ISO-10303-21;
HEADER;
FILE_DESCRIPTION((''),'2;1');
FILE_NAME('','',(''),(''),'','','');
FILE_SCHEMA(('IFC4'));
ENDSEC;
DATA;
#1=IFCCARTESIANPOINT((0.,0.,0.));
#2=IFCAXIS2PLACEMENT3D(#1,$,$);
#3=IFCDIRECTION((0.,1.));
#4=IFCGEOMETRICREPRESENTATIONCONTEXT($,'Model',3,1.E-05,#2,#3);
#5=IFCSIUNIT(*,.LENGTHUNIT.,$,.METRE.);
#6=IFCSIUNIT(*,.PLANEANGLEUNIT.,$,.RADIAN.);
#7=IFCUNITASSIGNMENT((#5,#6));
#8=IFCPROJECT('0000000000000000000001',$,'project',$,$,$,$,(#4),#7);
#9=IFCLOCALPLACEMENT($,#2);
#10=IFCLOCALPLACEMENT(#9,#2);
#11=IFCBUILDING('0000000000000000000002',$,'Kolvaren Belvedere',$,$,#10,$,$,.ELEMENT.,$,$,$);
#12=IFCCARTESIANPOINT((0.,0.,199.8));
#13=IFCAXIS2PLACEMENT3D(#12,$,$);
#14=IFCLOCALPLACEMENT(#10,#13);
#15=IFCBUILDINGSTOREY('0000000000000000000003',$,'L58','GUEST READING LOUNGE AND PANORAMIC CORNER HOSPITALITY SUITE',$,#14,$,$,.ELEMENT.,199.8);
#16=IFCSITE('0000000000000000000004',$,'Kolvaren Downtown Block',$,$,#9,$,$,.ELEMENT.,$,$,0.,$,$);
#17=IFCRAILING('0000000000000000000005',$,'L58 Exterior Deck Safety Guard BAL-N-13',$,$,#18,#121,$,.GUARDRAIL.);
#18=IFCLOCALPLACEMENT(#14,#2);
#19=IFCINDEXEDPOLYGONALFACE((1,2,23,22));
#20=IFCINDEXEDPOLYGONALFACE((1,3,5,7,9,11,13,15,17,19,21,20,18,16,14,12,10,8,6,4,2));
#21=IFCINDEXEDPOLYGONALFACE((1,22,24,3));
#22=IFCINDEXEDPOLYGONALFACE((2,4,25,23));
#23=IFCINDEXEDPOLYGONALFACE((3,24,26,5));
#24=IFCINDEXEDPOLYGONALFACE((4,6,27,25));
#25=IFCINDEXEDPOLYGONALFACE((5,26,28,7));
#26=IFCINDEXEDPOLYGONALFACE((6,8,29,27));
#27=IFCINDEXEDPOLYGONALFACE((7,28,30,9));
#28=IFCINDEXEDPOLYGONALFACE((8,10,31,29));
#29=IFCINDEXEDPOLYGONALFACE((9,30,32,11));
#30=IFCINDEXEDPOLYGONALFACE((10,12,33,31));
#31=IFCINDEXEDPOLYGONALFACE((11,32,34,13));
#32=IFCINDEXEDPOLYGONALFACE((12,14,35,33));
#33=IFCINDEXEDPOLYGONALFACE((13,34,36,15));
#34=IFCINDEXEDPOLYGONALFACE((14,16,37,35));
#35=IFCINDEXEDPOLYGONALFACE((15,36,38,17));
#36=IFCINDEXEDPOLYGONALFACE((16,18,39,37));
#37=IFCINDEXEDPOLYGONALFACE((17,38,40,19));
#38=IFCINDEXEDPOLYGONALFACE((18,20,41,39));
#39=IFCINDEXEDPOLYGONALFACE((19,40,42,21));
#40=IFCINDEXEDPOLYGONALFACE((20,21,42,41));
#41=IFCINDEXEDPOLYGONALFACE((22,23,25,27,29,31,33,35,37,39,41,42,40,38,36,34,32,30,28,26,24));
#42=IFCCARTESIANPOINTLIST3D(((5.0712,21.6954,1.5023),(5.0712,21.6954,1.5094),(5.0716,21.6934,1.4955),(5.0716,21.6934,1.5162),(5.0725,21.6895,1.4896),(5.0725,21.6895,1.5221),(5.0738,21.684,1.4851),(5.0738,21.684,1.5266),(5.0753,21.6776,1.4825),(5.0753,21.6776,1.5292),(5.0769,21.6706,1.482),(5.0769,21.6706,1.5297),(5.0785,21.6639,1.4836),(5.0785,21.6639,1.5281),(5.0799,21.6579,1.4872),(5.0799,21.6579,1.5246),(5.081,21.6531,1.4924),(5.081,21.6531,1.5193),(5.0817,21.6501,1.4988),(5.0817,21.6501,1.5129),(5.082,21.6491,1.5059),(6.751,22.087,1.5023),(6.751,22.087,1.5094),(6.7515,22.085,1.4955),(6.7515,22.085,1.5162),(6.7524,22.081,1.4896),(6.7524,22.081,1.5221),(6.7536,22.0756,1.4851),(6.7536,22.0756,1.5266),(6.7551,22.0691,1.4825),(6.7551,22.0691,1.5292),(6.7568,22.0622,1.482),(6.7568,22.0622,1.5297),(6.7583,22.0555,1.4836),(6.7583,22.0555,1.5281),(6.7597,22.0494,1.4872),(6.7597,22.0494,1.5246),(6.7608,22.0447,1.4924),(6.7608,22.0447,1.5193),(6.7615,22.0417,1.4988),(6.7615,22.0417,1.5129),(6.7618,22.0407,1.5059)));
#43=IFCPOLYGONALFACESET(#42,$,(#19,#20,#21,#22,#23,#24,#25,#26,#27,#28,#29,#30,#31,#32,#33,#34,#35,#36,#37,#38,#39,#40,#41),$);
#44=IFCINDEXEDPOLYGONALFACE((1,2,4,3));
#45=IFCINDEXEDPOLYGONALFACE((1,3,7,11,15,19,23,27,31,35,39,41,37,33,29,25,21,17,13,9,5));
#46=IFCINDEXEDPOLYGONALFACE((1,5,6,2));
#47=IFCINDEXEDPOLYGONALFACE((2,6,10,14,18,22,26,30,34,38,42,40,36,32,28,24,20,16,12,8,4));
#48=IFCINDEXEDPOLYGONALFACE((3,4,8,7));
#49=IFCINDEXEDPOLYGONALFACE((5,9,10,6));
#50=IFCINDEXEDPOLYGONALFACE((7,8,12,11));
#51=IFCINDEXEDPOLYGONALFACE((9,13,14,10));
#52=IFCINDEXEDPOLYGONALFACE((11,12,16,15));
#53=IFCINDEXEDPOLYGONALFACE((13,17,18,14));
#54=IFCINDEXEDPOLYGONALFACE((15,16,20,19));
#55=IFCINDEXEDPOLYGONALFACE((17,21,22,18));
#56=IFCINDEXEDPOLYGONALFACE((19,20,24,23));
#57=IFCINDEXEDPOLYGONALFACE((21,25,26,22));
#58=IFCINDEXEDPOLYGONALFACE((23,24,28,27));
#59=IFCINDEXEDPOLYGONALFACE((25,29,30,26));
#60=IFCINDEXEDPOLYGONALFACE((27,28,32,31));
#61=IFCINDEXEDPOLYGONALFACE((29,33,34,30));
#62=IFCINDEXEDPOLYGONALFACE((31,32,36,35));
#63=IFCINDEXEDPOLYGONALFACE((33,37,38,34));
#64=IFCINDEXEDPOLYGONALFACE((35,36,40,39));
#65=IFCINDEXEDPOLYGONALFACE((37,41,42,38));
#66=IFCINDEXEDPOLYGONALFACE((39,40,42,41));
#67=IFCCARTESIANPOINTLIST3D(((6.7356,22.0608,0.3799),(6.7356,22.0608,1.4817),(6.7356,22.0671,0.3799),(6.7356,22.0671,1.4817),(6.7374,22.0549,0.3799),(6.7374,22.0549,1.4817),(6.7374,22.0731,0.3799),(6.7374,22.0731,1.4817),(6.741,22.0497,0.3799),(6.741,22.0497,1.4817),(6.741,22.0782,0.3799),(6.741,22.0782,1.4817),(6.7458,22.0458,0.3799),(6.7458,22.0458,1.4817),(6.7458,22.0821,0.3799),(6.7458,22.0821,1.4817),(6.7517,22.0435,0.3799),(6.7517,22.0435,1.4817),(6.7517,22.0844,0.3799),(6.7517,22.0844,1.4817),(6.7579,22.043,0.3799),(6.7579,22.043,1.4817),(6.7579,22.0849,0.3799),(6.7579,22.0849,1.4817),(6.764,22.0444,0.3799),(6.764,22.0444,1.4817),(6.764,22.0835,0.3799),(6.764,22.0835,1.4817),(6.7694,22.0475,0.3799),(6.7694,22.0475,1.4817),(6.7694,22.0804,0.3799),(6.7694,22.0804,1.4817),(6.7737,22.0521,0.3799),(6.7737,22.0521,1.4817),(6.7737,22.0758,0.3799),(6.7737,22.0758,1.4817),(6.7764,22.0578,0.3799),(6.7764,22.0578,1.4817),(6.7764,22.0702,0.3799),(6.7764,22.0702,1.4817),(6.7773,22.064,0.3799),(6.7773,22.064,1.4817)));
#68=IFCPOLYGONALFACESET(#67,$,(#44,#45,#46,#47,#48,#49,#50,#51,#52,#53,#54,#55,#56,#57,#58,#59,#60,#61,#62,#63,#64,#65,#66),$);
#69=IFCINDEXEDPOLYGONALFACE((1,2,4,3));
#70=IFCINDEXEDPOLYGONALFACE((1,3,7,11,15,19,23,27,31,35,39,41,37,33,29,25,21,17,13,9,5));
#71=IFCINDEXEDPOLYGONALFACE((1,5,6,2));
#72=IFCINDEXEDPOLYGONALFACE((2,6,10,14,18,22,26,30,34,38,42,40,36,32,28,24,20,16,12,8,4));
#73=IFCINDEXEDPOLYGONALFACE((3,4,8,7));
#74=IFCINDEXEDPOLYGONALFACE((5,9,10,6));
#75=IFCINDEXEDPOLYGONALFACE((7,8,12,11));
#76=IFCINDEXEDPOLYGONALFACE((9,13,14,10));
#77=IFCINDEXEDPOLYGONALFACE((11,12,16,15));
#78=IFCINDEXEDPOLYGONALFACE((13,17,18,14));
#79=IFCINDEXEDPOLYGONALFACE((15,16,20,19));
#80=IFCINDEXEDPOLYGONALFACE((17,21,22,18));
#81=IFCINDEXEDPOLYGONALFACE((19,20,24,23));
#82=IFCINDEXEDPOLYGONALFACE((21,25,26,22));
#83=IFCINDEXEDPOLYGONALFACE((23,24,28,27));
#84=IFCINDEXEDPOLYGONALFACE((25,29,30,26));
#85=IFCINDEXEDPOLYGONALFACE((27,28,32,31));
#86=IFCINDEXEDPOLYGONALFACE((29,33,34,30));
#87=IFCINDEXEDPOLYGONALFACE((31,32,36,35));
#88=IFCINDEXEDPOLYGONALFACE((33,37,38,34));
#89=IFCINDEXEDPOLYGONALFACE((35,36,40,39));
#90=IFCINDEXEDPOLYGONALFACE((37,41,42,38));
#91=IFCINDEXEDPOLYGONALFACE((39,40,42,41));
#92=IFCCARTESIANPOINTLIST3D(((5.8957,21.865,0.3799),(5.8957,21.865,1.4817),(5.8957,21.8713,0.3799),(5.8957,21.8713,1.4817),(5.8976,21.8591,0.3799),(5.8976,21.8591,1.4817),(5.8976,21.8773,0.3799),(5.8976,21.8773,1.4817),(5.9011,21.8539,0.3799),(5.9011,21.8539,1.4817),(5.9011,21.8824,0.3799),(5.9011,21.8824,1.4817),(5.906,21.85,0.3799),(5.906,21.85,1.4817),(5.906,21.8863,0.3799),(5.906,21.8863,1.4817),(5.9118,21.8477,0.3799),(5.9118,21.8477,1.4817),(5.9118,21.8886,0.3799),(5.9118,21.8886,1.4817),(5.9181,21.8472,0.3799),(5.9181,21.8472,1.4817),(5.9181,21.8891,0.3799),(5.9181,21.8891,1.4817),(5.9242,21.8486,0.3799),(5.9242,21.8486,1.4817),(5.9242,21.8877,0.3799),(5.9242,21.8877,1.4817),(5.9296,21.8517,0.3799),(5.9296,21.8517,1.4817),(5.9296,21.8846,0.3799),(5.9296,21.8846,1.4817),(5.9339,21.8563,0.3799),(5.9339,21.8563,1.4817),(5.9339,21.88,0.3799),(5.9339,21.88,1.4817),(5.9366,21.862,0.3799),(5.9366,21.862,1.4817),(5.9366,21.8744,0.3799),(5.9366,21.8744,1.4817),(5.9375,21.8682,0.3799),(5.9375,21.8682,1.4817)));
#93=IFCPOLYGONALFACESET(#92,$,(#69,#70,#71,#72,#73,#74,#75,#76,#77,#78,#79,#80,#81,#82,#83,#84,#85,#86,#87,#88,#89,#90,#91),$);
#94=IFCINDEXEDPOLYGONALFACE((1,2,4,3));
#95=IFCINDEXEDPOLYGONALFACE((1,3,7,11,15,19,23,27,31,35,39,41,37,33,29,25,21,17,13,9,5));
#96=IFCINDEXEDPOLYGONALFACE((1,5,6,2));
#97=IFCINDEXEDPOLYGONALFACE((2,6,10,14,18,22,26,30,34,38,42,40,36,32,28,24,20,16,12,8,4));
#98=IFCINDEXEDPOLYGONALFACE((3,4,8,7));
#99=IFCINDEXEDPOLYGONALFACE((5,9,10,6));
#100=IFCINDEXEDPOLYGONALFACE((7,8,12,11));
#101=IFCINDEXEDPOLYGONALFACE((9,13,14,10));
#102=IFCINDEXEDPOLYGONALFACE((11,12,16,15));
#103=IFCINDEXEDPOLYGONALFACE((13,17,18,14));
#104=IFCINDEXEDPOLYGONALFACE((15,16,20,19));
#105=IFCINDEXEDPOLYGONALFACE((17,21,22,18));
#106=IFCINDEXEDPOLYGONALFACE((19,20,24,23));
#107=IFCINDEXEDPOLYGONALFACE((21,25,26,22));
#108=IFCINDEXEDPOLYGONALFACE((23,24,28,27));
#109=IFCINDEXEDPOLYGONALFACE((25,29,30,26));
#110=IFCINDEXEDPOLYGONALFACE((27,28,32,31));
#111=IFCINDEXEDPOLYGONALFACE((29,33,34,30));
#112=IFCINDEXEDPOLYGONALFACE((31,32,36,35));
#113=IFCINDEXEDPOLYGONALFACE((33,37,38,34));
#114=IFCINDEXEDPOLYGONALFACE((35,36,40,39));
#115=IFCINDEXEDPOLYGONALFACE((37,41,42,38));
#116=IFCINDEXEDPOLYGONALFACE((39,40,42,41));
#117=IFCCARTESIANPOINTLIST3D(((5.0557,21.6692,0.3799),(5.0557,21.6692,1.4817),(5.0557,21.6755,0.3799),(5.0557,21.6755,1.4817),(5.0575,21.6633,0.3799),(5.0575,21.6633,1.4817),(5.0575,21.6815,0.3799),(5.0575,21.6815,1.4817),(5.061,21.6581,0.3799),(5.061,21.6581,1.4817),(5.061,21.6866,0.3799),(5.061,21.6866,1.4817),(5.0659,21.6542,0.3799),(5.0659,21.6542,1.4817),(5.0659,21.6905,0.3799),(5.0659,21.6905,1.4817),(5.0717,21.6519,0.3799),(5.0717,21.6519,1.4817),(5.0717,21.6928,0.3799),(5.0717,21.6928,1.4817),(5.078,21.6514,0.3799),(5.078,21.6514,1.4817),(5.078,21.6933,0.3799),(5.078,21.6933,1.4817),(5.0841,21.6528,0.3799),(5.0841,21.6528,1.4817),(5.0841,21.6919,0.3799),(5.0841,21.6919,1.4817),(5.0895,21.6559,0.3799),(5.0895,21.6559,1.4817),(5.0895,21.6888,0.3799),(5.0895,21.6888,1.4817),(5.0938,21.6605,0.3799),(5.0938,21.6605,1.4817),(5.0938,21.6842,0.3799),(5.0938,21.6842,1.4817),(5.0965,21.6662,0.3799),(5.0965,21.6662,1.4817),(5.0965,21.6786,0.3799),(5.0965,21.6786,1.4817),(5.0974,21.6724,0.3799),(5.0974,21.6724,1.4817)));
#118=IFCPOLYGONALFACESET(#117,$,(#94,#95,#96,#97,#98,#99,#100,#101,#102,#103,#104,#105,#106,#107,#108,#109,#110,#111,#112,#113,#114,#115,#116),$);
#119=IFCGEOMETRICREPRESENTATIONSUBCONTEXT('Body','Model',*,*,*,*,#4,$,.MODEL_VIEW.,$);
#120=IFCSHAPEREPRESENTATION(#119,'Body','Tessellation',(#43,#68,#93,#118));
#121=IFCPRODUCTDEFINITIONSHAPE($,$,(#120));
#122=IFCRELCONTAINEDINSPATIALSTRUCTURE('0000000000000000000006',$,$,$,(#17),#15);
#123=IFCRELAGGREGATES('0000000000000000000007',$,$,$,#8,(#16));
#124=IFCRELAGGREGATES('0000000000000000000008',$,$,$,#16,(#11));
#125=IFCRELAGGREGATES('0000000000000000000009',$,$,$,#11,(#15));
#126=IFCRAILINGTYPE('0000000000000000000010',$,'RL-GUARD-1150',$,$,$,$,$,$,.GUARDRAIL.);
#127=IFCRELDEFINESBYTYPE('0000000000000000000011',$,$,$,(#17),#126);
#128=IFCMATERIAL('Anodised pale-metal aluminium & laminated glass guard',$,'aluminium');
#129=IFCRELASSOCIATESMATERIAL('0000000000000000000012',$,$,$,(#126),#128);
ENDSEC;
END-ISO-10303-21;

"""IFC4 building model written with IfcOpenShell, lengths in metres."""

from ifc_helpers import new_model, si_unit, direction, frame, origin, origin_2d, place, context, subcontext, project, spatial, circle, extrude, material, type_object, element, save


model = new_model("IFC4")

# Units and contexts
model_context = context("Model", 3, precision=1e-05, world=origin(), true_north=direction((0.0, 1.0)))
body_context = subcontext(model_context, "Body", "Model", "MODEL_VIEW")
ifc_project = project(units=[si_unit("LENGTHUNIT", "METRE"), si_unit("PLANEANGLEUNIT", "RADIAN")], contexts=[model_context])

# Site, building, storey
site_placement = place(None, origin())
site = spatial("IfcSite", under=ifc_project, at=site_placement, Name="Kolvaren Downtown Block", CompositionType="ELEMENT", RefElevation=0.0)
building_placement = place(site_placement, origin())
building = spatial("IfcBuilding", under=site, at=building_placement, Name="Kolvaren Belvedere", CompositionType="ELEMENT")
storey_placement = place(building_placement, frame((0.0, 0.0, 199.8)))
storey = spatial("IfcBuildingStorey", under=building, at=storey_placement, Name="L58", Description="GUEST READING LOUNGE AND PANORAMIC CORNER HOSPITALITY SUITE", CompositionType="ELEMENT", Elevation=199.8)

# Railing
ifc_material_1 = material(Name="Anodised pale-metal aluminium & laminated glass guard", Category="aluminium")
railing_type = type_object("IfcRailingType", Name="RL-GUARD-1150", PredefinedType="GUARDRAIL", material=ifc_material_1)
railing_1_placement = place(storey_placement, frame((6.7563, 22.064, 0.3799)))
element("IfcRailing", 1, at=railing_1_placement, inside=storey, type_object=railing_type, Name="L58 Exterior Deck Safety Guard BAL-N-13", PredefinedType="GUARDRAIL", context=body_context, shape_type="SweptSolid", body=[
    extrude(circle(Radius=0.0239, at=origin_2d()), frame((0.0, 0.0, 1.126), z_axis=(-0.97389, -0.227019, 0.0), x_axis=(0.227019, -0.97389, 0.0)), (0.0, 0.0, 1.0), 1.7249),
    extrude(circle(Radius=0.021, at=origin_2d()), origin(), (0.0, 0.0, 1.0), 1.1018),
    extrude(circle(Radius=0.021, at=origin_2d()), frame((-0.8398, -0.1958, 0.0)), (0.0, 0.0, 1.0), 1.1018),
    extrude(circle(Radius=0.021, at=origin_2d()), frame((-1.6799, -0.3916, 0.0)), (0.0, 0.0, 1.0), 1.1018),
])

save(model, "model.ifc")
